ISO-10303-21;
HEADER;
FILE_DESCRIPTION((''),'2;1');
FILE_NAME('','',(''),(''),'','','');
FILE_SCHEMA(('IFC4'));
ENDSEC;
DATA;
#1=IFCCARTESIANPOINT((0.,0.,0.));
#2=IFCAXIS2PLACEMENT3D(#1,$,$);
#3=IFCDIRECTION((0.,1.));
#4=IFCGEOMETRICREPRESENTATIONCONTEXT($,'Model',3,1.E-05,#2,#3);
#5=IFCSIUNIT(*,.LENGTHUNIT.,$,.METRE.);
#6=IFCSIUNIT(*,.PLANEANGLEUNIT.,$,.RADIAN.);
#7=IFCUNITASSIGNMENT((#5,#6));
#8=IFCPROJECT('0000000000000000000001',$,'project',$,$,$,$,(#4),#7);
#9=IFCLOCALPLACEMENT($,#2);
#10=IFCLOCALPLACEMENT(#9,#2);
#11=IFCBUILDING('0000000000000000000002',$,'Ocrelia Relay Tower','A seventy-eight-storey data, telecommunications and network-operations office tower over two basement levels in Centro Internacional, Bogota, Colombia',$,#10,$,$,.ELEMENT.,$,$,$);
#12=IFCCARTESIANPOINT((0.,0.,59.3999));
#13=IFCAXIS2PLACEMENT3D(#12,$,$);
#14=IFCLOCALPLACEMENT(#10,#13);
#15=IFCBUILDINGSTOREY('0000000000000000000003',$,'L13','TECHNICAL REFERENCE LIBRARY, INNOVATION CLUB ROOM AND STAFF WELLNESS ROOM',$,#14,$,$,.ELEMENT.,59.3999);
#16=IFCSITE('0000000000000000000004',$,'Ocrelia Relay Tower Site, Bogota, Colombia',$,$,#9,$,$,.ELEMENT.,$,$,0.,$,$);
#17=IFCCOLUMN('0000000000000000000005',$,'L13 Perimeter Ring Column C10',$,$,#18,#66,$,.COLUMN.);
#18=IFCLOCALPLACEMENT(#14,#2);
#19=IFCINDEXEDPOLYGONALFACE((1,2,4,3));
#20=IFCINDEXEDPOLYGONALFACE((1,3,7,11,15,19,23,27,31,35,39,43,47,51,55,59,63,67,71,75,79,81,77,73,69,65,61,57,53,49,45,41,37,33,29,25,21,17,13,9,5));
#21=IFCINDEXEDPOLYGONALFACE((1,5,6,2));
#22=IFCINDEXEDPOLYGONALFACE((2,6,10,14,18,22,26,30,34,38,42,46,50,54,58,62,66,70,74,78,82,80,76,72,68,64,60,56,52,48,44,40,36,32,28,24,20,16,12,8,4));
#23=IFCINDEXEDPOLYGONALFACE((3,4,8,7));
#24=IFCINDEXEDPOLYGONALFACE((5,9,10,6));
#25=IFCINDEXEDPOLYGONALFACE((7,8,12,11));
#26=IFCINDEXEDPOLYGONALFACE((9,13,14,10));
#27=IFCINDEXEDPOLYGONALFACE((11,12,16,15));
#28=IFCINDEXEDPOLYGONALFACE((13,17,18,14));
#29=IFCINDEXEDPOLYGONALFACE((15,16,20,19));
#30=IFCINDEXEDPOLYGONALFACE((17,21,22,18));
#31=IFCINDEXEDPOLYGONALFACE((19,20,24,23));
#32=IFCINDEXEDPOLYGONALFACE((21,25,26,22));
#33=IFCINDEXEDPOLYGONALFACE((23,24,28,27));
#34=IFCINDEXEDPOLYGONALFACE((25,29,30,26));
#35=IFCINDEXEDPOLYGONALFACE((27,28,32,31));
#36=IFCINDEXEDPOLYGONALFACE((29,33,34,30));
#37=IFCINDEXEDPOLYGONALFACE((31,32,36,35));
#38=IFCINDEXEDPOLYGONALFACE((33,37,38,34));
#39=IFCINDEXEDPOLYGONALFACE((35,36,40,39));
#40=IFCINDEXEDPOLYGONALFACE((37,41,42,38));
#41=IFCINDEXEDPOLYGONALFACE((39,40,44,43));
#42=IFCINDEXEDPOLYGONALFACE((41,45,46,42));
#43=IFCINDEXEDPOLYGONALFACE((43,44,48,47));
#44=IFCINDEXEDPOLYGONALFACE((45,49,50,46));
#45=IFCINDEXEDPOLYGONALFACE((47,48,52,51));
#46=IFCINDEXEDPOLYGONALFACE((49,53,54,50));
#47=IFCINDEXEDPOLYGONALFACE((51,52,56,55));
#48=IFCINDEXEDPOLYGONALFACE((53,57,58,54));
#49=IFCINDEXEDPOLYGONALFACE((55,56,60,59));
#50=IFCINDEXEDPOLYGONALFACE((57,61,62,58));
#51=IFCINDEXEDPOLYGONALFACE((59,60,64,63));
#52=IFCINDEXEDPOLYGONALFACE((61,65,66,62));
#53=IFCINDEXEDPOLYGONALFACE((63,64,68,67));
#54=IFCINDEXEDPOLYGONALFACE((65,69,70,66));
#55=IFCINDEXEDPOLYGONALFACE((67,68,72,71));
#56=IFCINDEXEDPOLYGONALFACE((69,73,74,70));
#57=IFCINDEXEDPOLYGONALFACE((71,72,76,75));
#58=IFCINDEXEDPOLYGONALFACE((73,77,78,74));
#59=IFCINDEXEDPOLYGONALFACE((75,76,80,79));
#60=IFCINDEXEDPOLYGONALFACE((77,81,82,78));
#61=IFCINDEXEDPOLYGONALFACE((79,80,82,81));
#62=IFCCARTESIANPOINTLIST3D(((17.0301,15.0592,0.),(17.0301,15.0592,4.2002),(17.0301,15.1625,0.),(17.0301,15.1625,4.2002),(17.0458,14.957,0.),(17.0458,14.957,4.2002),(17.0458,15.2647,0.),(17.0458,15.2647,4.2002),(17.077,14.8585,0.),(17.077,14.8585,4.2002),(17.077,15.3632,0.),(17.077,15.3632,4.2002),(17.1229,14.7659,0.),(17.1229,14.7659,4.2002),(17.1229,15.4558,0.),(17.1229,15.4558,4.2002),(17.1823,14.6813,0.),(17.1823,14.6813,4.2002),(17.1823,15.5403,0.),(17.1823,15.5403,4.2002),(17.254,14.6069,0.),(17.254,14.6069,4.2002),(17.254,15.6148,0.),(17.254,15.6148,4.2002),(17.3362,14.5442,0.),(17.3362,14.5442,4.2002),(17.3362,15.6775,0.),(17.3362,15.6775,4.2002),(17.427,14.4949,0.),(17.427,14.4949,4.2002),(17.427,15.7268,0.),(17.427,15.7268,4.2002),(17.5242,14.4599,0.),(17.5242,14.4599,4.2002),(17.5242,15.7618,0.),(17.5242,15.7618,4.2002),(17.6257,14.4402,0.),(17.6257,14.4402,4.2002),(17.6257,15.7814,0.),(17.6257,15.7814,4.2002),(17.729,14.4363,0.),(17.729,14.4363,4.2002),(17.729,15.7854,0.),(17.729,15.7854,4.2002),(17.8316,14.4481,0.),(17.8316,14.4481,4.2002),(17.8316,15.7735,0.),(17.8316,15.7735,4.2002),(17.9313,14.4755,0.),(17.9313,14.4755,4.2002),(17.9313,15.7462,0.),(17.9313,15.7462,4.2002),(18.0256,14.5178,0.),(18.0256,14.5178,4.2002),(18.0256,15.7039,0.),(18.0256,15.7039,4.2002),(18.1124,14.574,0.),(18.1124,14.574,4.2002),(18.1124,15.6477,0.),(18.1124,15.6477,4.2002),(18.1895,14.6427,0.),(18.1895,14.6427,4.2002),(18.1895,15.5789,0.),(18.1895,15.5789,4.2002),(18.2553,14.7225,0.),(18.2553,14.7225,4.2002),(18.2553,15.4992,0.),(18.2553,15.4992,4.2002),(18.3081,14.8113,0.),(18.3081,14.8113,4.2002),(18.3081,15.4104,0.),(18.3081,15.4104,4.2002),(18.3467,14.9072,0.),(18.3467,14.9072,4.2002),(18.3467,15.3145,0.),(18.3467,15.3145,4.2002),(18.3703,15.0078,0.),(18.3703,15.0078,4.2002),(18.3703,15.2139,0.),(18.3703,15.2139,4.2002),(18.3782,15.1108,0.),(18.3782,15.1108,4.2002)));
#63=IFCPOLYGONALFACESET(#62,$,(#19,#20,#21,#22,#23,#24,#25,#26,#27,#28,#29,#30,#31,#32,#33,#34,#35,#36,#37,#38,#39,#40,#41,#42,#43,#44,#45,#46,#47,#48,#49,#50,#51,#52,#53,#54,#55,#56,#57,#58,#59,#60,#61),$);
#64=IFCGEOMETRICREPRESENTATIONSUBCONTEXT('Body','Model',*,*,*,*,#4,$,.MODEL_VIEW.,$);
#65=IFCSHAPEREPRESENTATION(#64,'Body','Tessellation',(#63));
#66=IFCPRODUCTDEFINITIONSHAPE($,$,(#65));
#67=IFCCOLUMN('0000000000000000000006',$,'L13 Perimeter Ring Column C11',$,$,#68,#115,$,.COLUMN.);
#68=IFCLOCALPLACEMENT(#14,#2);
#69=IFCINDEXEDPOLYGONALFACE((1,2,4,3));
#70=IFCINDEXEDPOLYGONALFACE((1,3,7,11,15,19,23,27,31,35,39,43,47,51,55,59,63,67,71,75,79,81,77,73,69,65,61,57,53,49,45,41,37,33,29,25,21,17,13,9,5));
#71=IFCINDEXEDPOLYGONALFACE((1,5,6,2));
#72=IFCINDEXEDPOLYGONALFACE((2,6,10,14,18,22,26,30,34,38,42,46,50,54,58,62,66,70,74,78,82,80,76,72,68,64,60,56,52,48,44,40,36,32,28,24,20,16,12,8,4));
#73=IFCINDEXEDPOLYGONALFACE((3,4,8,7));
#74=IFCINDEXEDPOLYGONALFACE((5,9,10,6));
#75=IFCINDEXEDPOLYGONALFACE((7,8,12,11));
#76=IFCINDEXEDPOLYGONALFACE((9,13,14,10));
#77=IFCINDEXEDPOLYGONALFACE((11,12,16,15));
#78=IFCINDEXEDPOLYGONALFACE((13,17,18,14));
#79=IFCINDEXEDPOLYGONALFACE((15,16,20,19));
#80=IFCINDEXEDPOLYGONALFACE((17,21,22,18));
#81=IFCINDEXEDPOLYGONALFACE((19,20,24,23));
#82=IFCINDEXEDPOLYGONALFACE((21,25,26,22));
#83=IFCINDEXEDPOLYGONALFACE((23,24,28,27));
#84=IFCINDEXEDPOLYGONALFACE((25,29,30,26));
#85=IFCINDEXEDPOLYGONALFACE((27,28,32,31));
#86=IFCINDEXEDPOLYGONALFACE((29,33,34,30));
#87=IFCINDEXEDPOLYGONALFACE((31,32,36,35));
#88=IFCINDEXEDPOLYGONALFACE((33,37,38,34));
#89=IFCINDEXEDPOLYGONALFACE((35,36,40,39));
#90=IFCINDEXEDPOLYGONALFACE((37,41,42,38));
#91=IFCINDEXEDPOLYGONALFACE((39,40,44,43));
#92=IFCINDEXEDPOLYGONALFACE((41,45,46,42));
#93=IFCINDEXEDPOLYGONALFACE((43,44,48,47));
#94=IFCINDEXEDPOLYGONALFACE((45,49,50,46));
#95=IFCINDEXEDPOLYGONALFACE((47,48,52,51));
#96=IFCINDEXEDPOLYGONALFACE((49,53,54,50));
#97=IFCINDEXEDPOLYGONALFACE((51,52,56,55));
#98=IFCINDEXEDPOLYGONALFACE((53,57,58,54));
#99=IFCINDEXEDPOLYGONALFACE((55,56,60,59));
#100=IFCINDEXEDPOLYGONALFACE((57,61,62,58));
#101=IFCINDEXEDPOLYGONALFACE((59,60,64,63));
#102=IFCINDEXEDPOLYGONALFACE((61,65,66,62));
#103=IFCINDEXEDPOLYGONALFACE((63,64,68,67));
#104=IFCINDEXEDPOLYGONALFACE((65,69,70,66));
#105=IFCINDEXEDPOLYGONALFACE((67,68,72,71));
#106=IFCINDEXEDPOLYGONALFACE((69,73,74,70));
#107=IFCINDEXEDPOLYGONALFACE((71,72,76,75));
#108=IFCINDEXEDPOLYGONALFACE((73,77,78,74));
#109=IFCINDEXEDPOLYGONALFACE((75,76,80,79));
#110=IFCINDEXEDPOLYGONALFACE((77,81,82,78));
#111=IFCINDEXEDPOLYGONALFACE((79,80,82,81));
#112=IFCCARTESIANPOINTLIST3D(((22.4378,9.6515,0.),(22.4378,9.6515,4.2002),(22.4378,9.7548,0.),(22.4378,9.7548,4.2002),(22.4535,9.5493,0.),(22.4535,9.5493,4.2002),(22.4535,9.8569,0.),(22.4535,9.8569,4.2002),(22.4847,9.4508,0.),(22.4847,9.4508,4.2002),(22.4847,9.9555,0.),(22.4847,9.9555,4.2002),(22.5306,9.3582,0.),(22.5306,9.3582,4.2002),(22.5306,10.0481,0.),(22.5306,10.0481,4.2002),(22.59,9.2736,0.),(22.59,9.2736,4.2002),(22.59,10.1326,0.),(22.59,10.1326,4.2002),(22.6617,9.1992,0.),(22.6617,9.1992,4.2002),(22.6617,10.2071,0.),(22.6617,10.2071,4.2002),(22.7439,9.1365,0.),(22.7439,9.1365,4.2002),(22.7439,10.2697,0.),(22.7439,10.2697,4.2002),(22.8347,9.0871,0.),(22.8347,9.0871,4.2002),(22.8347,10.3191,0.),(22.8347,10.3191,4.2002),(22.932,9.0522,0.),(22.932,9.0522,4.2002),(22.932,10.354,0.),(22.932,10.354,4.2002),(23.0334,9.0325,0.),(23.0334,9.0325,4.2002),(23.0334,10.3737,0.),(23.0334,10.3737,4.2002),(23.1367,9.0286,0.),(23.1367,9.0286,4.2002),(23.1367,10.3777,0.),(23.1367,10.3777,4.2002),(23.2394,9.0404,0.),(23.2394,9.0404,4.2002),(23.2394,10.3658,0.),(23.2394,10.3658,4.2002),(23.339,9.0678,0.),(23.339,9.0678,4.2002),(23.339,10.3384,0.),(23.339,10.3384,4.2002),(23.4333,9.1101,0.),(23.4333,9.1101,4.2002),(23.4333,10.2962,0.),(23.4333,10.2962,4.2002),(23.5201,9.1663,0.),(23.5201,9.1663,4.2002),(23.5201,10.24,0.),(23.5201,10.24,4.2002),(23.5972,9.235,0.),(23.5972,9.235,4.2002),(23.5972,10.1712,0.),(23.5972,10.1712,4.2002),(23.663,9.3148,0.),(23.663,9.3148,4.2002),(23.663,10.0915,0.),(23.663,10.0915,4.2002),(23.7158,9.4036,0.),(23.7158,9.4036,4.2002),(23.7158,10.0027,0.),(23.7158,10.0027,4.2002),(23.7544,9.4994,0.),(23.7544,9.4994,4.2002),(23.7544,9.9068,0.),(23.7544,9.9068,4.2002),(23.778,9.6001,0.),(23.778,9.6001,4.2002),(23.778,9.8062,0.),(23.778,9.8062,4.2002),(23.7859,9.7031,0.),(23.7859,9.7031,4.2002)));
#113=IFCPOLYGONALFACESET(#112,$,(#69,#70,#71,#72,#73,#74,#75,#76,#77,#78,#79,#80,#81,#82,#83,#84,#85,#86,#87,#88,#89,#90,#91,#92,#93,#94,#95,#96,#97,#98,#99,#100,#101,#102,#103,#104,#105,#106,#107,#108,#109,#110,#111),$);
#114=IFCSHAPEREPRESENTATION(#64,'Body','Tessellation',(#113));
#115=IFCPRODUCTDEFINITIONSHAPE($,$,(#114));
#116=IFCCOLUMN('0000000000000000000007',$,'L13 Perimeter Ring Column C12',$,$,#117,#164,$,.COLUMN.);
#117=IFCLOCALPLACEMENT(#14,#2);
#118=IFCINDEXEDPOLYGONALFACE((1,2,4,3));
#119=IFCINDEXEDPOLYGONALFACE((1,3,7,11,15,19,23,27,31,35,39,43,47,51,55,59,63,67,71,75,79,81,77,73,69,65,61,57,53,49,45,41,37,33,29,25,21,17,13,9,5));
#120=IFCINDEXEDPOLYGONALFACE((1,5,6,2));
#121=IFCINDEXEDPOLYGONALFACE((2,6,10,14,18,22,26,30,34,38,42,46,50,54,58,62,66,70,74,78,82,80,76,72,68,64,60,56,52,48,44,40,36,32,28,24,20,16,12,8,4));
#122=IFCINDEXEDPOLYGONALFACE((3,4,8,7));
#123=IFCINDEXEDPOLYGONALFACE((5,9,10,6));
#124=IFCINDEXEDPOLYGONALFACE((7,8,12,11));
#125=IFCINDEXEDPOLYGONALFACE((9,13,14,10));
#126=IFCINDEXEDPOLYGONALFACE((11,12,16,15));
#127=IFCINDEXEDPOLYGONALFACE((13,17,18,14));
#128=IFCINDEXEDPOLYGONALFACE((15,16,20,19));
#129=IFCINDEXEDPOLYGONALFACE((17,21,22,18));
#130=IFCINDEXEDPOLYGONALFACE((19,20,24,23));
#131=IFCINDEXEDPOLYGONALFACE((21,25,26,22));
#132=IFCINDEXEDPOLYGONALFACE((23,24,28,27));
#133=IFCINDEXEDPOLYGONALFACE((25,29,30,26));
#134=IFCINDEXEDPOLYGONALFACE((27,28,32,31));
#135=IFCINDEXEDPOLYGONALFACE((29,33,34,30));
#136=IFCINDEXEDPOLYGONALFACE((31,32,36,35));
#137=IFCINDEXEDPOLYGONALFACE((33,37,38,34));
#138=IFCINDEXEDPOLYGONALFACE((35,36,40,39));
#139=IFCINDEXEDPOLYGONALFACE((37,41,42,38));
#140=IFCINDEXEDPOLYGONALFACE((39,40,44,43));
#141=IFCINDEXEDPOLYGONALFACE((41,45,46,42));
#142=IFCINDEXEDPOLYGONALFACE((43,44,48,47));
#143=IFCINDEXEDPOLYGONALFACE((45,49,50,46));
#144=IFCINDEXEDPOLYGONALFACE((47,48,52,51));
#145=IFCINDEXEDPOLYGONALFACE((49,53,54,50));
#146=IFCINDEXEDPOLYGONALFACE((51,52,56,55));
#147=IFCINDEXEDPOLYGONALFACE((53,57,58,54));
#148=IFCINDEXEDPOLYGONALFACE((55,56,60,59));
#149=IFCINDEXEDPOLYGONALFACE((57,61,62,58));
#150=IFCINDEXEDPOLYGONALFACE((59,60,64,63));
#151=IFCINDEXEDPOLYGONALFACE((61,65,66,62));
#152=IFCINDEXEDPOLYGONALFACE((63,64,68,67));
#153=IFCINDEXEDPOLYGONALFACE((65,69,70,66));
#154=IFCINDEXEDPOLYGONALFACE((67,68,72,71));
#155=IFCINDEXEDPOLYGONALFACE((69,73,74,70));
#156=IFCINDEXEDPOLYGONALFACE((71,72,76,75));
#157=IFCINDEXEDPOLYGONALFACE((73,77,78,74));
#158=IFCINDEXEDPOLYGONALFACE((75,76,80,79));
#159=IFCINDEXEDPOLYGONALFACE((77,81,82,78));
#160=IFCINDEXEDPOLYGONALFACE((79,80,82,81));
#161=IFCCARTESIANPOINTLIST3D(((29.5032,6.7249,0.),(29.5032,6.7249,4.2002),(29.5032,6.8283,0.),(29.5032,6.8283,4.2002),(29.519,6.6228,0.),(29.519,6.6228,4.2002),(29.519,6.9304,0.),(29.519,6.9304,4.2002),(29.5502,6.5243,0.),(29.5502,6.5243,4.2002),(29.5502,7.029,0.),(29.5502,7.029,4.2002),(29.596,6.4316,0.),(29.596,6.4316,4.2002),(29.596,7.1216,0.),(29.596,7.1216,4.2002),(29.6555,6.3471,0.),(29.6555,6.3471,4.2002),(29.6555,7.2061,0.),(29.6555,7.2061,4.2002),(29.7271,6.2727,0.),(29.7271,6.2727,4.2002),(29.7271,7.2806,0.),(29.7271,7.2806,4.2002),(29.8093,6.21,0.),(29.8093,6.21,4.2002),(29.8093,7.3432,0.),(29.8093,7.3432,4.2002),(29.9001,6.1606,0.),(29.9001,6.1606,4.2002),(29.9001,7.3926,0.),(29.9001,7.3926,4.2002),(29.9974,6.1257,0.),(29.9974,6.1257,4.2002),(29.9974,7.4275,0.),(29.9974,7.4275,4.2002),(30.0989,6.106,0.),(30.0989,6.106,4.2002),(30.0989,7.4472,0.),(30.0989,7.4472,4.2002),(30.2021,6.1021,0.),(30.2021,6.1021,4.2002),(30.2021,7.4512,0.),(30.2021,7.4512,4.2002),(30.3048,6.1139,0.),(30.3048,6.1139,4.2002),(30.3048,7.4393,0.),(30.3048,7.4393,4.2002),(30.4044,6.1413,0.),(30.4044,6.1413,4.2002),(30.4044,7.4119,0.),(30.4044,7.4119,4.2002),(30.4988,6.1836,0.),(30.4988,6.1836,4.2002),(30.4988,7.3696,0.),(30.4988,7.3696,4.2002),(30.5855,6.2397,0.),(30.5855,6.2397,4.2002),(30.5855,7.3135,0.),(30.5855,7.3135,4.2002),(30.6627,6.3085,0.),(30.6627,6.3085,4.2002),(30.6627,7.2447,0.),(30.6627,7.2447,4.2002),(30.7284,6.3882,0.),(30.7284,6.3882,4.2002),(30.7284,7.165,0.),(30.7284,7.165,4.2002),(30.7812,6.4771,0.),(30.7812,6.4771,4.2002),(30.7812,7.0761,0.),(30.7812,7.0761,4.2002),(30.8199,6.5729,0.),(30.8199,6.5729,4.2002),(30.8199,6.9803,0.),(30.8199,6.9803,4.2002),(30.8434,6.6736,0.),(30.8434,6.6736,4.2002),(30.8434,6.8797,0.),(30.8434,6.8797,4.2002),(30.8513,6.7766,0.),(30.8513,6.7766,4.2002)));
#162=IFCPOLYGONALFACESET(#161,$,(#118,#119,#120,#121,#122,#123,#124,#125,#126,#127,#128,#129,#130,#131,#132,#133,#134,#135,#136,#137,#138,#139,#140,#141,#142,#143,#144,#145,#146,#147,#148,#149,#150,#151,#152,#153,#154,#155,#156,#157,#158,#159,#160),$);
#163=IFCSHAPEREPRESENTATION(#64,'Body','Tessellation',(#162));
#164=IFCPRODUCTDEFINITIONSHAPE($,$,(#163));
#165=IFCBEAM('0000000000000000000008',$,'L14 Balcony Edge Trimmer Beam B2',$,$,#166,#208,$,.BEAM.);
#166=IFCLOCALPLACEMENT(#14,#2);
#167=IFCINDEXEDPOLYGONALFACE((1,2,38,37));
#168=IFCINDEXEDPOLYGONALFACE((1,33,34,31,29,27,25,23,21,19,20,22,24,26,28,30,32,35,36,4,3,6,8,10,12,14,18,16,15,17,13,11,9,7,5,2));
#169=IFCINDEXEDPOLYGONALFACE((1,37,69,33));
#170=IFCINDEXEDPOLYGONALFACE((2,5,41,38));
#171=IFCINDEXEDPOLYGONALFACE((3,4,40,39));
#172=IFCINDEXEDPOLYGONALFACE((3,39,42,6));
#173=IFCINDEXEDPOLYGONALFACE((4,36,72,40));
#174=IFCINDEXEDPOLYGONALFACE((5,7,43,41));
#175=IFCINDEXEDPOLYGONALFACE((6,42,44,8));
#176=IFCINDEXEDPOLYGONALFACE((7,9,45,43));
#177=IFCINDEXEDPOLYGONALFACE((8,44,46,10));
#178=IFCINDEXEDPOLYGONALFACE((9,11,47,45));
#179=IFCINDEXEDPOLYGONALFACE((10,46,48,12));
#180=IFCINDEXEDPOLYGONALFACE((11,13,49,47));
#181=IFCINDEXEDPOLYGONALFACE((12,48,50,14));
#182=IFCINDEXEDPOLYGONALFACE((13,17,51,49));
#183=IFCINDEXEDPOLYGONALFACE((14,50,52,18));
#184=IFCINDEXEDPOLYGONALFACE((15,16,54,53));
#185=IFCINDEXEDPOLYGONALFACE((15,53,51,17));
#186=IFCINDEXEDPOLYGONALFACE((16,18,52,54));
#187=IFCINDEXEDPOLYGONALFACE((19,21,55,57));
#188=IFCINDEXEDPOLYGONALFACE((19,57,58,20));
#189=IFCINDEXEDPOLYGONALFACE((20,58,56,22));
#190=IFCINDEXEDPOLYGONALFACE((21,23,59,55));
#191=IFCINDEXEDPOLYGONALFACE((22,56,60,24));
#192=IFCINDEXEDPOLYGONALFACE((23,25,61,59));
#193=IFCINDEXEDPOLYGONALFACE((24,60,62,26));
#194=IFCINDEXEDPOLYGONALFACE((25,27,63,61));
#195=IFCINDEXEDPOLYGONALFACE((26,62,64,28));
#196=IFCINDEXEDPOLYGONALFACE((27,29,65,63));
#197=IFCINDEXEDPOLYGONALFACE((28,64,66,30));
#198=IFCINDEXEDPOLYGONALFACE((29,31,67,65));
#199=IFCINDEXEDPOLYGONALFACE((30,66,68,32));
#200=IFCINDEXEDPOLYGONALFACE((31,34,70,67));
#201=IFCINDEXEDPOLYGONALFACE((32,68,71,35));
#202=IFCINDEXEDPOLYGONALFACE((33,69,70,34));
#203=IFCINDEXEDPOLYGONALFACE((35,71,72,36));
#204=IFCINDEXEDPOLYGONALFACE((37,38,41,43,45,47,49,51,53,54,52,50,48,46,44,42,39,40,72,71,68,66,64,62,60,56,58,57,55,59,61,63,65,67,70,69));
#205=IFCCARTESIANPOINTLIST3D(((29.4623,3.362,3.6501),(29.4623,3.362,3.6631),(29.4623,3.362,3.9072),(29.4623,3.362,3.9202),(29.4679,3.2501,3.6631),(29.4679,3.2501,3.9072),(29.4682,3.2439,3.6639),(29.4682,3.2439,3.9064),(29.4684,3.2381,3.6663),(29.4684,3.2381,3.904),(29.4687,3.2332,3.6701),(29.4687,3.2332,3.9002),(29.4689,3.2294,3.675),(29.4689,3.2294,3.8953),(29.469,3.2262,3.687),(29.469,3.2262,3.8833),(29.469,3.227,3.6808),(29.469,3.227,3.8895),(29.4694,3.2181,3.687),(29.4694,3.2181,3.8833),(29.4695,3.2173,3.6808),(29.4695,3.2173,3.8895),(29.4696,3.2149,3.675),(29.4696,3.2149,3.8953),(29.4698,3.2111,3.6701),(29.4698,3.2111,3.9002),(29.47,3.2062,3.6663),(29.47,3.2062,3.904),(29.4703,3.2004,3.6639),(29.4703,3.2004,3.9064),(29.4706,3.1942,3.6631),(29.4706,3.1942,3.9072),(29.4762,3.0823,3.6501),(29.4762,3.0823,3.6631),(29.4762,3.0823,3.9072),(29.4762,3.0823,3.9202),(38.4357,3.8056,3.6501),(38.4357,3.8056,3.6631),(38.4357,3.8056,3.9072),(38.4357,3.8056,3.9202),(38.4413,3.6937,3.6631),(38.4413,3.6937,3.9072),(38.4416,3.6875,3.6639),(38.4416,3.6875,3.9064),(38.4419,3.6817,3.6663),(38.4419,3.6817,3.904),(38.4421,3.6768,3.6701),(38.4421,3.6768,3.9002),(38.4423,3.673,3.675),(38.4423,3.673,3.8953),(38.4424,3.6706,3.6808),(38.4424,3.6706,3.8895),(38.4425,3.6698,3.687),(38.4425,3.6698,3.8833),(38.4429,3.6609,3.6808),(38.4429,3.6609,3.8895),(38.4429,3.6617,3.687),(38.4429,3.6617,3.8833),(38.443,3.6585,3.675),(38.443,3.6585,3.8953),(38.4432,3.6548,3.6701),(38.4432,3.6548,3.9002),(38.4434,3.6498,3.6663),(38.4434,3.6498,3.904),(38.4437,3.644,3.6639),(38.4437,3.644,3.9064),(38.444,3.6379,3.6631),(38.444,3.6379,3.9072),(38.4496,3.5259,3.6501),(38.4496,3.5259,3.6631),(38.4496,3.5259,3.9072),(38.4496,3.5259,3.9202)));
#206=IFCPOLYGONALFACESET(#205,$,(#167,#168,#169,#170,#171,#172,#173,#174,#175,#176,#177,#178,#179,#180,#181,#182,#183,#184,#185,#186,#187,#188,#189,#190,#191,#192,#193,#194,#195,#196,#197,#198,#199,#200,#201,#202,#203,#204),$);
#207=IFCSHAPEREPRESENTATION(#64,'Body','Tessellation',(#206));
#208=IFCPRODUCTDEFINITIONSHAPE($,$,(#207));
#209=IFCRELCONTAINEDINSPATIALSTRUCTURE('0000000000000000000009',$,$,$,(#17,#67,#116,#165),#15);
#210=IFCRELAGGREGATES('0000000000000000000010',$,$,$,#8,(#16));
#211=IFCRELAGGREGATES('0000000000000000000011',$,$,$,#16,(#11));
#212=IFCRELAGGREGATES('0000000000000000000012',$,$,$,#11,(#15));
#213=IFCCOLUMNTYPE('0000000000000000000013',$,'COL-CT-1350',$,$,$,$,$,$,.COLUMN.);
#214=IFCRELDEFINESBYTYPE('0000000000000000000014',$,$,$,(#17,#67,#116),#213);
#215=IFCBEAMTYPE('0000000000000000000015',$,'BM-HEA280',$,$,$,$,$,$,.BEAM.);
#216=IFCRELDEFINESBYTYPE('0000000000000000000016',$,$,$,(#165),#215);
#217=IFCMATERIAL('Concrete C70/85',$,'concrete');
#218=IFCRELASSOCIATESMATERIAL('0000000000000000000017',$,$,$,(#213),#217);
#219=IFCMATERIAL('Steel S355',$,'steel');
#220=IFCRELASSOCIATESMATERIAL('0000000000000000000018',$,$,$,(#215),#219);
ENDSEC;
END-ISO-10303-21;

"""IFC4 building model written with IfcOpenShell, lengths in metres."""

from ifc_helpers import new_model, si_unit, direction, frame, origin, origin_2d, place, context, subcontext, project, spatial, circle, i_section, extrude, material, material_profile, profile_set, type_object, element, save


model = new_model("IFC4")

# Units and contexts
model_context = context("Model", 3, precision=1e-05, world=origin(), true_north=direction((0.0, 1.0)))
body_context = subcontext(model_context, "Body", "Model", "MODEL_VIEW")
ifc_project = project(units=[si_unit("LENGTHUNIT", "METRE"), si_unit("PLANEANGLEUNIT", "RADIAN")], contexts=[model_context])

# Site, building, storey
site_placement = place(None, origin())
site = spatial("IfcSite", under=ifc_project, at=site_placement, Name="Ocrelia Relay Tower Site, Bogota, Colombia", CompositionType="ELEMENT", RefElevation=0.0)
building_placement = place(site_placement, origin())
building = spatial("IfcBuilding", under=site, at=building_placement, Name="Ocrelia Relay Tower", Description="A seventy-eight-storey data, telecommunications and network-operations office tower over two basement levels in Centro Internacional, Bogota, Colombia", CompositionType="ELEMENT")
storey_placement = place(building_placement, frame((0.0, 0.0, 59.3999)))
storey = spatial("IfcBuildingStorey", under=building, at=storey_placement, Name="L13", Description="TECHNICAL REFERENCE LIBRARY, INNOVATION CLUB ROOM AND STAFF WELLNESS ROOM", CompositionType="ELEMENT", Elevation=59.3999)

# Columns
ifc_material_1 = material(Name="Concrete C70/85", Category="concrete")
ifc_material_profile_1 = material_profile(ifc_material_1, circle(Radius=0.675, at=origin_2d()), Name="RC-CIR-1350")
ifc_profile_set_1 = profile_set([ifc_material_profile_1], Name="Concrete C70/85")
column_type = type_object("IfcColumnType", Name="COL-CT-1350", PredefinedType="COLUMN", material=ifc_profile_set_1)
for number, where, z_axis, x_axis, name in (
    (1, (17.7031, 15.1108, 0.0), (0.0, 0.0, 1.0), (1.0, 0.0, 0.0), "L13 Perimeter Ring Column C10"),
    (2, (23.1108, 9.7031, 0.0), (0.0, 0.0, 1.0), (1.0, 0.0, 0.0), "L13 Perimeter Ring Column C11"),
    (3, (30.1763, 6.7766, 0.0), (0.0, 0.0, 1.0), (1.0, 0.0, 0.0), "L13 Perimeter Ring Column C12"),
):
    element("IfcColumn", number, at=place(storey_placement, frame(where, z_axis=z_axis, x_axis=x_axis)), inside=storey, type_object=column_type, Name=name, PredefinedType="COLUMN", context=body_context, shape_type="SweptSolid", body=[
        extrude(circle(Radius=0.675, at=origin_2d()), origin(), (0.0, 0.0, 1.0), 4.2002),
    ])

# Beam
ifc_material_2 = material(Name="Steel S355", Category="steel")
ifc_material_profile_2 = material_profile(ifc_material_2, i_section(OverallWidth=0.28, OverallDepth=0.27, WebThickness=0.0081, FlangeThickness=0.0129, FilletRadius=0.0239, at=origin_2d()), Name="HEA 280")
ifc_profile_set_2 = profile_set([ifc_material_profile_2], Name="Steel S355")
beam_type_1 = type_object("IfcBeamType", Name="BM-HEA280", PredefinedType="BEAM", material=ifc_profile_set_2)
beam_1_placement = place(storey_placement, frame((29.4692, 3.2222, 3.7852), z_axis=(0.99878, 0.049375, 0.0), x_axis=(-0.049375, 0.99878, 0.0)))
element("IfcBeam", 4, at=beam_1_placement, inside=storey, type_object=beam_type_1, Name="L14 Balcony Edge Trimmer Beam B2", PredefinedType="BEAM", context=body_context, shape_type="SweptSolid", body=[
    extrude(i_section(OverallWidth=0.28, OverallDepth=0.27, WebThickness=0.0081, FlangeThickness=0.0129, FilletRadius=0.0239, at=origin_2d()), origin(), (0.0, 0.0, 1.0), 8.9844),
])

save(model, "model.ifc")
